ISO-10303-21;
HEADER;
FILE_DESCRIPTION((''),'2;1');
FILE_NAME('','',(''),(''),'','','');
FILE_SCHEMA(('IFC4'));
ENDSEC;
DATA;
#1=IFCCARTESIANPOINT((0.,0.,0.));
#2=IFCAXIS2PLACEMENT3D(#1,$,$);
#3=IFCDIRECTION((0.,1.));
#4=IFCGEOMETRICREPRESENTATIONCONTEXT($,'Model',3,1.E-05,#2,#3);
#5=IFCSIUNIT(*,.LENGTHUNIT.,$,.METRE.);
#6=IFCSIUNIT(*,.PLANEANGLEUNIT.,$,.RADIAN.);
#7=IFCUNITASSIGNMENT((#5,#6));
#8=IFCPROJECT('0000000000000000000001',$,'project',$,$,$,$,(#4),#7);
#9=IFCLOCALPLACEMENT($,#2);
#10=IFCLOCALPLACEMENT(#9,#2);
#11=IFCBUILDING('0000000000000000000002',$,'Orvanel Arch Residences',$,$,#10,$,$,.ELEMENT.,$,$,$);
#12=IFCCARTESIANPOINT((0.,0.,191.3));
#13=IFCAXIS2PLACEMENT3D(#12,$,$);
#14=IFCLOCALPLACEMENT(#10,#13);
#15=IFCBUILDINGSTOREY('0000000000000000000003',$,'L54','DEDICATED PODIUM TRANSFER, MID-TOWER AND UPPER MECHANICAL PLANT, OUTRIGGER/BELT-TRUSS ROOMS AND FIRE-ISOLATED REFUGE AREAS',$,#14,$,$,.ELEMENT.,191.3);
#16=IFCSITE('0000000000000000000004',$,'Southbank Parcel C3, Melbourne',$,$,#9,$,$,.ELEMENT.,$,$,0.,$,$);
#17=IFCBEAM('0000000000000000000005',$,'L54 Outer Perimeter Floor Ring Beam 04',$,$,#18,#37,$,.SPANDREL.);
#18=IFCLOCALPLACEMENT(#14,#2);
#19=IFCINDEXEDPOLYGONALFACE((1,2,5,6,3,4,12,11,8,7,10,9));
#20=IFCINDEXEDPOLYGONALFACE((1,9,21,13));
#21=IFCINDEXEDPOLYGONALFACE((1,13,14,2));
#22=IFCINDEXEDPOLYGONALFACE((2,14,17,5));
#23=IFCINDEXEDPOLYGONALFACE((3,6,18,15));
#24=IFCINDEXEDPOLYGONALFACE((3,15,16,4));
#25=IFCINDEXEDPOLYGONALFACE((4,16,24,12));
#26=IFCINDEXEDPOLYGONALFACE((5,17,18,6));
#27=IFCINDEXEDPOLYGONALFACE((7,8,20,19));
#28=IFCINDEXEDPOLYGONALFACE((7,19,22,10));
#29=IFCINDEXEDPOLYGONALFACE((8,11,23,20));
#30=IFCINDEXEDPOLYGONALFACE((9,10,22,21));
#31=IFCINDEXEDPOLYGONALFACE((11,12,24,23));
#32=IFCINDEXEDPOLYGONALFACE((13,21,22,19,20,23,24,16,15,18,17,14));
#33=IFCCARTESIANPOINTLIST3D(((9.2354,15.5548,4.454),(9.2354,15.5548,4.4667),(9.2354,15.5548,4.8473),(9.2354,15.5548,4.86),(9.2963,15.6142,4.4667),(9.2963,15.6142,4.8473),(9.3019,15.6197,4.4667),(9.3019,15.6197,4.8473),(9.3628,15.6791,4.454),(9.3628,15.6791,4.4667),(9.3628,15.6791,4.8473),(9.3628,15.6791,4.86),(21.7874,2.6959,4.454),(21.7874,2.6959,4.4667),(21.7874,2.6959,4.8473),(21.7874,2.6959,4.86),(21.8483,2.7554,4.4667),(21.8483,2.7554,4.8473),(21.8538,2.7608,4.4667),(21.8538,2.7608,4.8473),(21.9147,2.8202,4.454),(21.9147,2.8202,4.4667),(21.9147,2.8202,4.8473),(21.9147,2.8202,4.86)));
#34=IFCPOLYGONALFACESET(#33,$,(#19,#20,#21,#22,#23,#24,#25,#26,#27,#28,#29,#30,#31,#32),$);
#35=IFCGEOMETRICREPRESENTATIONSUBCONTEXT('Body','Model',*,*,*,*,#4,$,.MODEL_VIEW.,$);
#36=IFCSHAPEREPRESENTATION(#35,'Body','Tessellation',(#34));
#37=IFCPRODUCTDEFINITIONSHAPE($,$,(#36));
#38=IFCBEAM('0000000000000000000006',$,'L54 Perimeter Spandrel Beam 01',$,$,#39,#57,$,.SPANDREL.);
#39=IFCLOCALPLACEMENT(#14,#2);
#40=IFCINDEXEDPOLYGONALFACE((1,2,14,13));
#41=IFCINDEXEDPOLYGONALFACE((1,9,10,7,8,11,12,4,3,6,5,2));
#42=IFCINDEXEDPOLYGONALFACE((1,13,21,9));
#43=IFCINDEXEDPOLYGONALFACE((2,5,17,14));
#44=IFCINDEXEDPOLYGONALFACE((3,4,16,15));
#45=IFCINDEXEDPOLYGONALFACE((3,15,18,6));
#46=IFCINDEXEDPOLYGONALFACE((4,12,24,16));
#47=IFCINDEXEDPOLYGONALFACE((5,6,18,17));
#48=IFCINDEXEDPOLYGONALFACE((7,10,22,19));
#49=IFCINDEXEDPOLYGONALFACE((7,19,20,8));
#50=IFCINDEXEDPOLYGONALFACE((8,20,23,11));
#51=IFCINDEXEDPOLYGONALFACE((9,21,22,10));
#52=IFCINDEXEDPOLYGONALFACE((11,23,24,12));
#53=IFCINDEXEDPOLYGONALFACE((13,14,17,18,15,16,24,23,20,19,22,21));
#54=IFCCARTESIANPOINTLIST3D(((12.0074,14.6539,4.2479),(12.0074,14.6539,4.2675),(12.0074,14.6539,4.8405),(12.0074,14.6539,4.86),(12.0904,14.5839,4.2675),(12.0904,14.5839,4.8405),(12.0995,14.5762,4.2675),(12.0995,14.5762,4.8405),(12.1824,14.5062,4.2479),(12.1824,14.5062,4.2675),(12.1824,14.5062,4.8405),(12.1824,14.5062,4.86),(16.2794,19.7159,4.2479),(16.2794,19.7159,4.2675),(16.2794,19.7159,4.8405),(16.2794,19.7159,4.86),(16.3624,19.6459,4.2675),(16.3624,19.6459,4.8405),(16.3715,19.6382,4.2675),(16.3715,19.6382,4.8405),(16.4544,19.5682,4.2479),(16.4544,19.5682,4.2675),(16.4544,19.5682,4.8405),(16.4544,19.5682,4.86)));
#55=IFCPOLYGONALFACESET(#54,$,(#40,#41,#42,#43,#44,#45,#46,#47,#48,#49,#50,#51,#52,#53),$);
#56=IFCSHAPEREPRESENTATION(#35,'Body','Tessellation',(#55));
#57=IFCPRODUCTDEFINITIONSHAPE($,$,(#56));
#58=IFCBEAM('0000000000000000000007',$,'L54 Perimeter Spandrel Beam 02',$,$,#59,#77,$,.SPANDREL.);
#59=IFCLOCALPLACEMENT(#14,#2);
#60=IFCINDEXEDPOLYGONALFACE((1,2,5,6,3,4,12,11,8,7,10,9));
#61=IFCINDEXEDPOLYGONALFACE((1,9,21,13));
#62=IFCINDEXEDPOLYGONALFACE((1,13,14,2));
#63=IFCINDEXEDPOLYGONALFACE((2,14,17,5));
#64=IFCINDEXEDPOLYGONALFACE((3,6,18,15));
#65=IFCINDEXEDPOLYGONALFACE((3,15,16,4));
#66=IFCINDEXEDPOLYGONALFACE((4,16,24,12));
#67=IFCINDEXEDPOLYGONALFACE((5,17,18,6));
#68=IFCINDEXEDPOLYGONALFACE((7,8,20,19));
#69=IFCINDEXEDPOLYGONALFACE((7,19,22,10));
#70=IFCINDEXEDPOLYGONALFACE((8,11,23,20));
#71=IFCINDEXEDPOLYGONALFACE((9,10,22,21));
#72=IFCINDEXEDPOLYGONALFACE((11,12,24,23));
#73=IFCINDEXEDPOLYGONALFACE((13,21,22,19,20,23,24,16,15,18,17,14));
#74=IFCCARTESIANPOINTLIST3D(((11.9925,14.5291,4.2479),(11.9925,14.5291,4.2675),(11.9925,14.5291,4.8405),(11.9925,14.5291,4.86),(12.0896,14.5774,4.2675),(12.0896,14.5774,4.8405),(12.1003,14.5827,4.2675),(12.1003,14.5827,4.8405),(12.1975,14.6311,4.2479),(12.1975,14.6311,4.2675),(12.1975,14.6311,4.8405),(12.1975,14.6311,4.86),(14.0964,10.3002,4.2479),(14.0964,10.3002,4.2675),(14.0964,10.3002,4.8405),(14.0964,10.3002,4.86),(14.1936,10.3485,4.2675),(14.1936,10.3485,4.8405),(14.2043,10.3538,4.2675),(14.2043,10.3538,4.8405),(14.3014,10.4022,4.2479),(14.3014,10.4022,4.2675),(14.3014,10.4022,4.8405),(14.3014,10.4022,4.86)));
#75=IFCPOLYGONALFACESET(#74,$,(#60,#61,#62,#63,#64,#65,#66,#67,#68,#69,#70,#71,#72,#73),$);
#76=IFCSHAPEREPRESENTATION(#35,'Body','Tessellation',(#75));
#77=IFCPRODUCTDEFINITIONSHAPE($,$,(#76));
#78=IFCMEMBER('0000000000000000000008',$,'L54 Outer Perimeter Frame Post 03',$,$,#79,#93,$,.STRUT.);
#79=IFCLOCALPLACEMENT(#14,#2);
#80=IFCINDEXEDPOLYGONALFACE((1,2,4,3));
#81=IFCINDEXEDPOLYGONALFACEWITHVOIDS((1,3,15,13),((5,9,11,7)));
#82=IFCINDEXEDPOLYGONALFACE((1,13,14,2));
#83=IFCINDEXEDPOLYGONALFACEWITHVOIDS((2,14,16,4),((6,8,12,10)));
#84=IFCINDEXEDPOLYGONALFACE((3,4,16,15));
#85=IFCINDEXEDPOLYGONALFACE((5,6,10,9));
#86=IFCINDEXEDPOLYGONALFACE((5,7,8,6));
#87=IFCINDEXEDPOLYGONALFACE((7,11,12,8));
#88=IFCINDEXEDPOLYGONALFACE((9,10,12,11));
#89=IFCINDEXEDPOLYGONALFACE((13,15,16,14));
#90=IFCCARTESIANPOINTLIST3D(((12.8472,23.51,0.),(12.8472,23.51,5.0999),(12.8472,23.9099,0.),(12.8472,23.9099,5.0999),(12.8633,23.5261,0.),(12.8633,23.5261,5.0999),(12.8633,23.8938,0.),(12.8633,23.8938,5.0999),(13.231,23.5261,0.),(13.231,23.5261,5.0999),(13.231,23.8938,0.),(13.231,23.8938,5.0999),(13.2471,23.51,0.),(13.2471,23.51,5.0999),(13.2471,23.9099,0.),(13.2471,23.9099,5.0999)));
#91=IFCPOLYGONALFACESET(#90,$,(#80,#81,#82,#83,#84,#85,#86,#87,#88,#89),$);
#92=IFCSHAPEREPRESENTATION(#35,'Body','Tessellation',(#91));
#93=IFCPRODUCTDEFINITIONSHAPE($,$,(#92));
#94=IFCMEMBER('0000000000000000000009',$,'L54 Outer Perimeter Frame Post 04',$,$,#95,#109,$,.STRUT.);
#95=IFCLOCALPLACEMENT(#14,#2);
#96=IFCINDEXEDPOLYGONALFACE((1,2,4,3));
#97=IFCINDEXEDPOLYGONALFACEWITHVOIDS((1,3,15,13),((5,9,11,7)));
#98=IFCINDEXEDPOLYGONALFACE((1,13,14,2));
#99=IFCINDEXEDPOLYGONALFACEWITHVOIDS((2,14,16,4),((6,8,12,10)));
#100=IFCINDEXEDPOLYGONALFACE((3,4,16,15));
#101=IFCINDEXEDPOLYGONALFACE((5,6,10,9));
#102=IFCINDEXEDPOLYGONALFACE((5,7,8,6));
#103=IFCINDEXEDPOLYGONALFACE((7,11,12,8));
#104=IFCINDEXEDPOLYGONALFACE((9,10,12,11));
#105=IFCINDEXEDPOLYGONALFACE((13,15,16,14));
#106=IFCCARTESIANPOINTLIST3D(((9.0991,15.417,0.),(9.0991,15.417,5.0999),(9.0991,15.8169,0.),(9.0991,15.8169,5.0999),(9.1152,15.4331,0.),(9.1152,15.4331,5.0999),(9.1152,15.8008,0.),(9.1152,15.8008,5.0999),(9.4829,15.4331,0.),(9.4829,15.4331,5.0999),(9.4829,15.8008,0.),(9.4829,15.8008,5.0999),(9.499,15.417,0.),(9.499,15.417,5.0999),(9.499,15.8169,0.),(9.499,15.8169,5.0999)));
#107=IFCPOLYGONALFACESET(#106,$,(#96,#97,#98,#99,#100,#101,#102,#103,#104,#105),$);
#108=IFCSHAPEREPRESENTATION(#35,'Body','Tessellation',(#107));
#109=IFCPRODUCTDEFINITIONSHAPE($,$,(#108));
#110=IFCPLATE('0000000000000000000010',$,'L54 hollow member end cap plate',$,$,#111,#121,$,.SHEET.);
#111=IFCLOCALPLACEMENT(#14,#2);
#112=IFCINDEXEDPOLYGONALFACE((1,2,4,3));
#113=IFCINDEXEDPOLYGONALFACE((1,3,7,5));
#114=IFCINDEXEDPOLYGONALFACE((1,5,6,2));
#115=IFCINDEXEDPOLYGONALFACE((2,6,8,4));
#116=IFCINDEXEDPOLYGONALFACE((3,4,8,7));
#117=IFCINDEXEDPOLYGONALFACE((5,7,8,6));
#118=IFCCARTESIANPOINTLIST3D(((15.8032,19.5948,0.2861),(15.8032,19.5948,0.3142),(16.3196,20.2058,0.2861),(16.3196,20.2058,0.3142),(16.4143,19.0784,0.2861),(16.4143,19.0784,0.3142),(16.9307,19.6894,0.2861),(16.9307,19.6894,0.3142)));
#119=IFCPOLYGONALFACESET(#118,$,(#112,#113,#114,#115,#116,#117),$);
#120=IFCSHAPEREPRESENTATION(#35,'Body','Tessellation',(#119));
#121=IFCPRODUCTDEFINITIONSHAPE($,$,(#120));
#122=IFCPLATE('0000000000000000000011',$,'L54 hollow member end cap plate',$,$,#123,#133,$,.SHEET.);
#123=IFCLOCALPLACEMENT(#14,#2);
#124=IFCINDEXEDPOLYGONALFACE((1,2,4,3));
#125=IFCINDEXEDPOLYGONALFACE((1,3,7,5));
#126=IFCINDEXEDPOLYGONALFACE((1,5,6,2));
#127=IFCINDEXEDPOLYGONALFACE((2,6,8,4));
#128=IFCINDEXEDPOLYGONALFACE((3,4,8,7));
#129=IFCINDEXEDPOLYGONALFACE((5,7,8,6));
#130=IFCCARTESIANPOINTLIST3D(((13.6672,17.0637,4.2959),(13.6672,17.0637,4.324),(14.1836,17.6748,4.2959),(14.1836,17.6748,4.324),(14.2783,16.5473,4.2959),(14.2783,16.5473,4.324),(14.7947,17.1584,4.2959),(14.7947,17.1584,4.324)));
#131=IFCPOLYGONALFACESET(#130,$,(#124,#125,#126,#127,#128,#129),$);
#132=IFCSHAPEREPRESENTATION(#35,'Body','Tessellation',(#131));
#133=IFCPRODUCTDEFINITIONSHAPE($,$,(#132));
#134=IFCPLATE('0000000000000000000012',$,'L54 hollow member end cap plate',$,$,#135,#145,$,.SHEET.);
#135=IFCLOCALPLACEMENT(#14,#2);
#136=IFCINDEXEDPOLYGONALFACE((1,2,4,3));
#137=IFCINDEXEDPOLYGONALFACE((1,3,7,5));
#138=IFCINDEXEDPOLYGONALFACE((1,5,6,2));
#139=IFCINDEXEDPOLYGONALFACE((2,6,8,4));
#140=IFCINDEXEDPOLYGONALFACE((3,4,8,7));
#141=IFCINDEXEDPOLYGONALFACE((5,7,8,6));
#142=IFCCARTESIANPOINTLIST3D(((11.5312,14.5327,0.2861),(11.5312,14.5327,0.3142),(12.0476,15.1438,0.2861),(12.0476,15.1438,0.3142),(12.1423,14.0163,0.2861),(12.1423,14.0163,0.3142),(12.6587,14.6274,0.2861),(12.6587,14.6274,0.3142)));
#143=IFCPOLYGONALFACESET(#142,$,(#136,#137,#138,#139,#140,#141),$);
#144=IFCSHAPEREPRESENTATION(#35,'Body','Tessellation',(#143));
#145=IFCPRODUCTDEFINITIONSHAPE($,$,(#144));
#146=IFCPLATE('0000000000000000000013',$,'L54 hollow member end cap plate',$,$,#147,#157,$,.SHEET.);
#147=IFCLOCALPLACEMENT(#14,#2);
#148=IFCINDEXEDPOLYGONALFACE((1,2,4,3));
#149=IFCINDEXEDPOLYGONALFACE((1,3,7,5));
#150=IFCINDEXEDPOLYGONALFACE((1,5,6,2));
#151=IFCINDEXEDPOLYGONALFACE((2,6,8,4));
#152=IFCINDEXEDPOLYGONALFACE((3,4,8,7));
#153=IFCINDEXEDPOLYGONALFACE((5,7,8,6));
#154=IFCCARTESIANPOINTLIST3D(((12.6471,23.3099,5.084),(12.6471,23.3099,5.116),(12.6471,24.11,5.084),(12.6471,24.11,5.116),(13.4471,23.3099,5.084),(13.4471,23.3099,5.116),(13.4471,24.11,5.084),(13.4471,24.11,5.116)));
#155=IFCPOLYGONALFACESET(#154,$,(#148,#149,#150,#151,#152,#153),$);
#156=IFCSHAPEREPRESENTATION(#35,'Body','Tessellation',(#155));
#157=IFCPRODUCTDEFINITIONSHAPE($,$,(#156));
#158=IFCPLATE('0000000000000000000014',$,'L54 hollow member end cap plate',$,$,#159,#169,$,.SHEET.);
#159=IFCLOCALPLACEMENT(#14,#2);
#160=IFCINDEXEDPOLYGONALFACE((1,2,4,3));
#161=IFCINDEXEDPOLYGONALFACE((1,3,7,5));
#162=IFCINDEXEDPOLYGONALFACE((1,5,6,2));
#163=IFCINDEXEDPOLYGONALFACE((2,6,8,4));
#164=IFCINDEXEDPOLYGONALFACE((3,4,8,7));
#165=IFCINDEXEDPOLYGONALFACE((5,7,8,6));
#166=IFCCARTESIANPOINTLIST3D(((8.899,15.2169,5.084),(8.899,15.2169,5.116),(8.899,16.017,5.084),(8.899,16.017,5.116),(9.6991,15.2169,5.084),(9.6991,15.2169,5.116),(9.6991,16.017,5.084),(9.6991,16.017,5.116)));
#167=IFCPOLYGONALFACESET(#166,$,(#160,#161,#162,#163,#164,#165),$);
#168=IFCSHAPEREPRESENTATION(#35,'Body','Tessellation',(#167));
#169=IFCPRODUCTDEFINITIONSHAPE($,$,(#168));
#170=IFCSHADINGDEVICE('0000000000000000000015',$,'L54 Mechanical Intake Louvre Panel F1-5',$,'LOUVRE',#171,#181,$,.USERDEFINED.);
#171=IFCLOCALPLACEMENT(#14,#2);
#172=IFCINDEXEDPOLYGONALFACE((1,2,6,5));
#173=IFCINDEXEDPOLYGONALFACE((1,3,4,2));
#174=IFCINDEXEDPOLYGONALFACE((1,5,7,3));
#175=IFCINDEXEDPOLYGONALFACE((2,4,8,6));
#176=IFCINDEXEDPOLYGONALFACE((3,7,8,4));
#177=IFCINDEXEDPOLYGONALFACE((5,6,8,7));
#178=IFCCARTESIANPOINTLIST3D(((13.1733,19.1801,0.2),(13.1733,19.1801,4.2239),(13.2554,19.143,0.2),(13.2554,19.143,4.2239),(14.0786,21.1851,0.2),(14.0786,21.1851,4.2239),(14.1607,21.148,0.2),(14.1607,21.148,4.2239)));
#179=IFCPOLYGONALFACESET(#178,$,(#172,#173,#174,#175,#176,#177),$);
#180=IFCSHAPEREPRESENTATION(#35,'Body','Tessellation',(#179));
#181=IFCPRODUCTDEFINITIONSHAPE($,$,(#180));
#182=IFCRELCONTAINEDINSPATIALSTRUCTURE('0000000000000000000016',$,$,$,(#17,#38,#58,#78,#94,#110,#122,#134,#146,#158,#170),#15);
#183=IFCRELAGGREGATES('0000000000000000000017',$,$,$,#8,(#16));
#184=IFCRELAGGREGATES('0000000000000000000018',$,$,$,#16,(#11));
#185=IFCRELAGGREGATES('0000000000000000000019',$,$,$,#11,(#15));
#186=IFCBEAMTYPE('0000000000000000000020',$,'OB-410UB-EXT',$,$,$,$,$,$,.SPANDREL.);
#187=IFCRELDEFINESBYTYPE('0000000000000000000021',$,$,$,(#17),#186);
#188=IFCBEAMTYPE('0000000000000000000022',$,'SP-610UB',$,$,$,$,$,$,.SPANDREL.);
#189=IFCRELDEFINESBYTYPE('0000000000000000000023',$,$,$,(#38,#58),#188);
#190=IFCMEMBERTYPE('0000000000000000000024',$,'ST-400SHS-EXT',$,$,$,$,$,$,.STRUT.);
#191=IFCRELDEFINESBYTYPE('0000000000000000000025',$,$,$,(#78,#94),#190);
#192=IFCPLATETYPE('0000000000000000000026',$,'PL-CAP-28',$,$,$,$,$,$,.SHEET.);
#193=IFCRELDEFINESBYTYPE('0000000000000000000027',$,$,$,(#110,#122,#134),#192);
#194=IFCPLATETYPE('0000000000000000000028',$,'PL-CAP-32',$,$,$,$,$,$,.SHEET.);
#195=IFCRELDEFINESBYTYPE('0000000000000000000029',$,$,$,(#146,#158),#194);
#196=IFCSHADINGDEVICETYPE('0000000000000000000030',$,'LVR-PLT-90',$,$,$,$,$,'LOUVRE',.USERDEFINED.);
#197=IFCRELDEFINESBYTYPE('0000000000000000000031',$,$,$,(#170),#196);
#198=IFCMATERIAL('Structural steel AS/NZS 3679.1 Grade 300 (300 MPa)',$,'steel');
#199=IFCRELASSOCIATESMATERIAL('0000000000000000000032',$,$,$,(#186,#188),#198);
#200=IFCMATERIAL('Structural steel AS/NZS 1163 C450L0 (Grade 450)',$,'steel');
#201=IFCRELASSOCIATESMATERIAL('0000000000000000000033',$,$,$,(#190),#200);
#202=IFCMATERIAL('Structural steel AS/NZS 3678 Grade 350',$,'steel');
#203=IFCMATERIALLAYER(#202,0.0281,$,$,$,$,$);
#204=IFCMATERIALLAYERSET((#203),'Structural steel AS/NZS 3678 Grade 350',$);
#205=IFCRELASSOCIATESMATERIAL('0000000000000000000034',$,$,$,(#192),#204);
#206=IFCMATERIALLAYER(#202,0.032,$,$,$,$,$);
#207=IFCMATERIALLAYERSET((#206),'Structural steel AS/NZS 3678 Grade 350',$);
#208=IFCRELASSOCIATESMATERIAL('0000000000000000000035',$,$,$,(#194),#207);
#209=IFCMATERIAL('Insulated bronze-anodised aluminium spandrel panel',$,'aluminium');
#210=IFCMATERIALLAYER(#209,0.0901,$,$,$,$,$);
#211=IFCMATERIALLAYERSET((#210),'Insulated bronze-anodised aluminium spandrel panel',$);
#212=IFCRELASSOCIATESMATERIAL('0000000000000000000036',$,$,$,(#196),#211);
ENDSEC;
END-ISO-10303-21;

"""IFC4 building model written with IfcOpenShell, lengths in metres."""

from ifc_helpers import new_model, si_unit, direction, frame, origin, origin_2d, place, context, subcontext, project, spatial, rectangle, hollow_rectangle, i_section, extrude, material, layer, layer_set, material_profile, profile_set, type_object, element, save


model = new_model("IFC4")

# Units and contexts
model_context = context("Model", 3, precision=1e-05, world=origin(), true_north=direction((0.0, 1.0)))
body_context = subcontext(model_context, "Body", "Model", "MODEL_VIEW")
ifc_project = project(units=[si_unit("LENGTHUNIT", "METRE"), si_unit("PLANEANGLEUNIT", "RADIAN")], contexts=[model_context])

# Site, building, storey
site_placement = place(None, origin())
site = spatial("IfcSite", under=ifc_project, at=site_placement, Name="Southbank Parcel C3, Melbourne", CompositionType="ELEMENT", RefElevation=0.0)
building_placement = place(site_placement, origin())
building = spatial("IfcBuilding", under=site, at=building_placement, Name="Orvanel Arch Residences", CompositionType="ELEMENT")
storey_placement = place(building_placement, frame((0.0, 0.0, 191.3)))
storey = spatial("IfcBuildingStorey", under=building, at=storey_placement, Name="L54", Description="DEDICATED PODIUM TRANSFER, MID-TOWER AND UPPER MECHANICAL PLANT, OUTRIGGER/BELT-TRUSS ROOMS AND FIRE-ISOLATED REFUGE AREAS", CompositionType="ELEMENT", Elevation=191.3)

# Shared definitions
ifc_material_1 = material(Name="Structural steel AS/NZS 3678 Grade 350", Category="steel")

# Beams
ifc_material_2 = material(Name="Structural steel AS/NZS 3679.1 Grade 300 (300 MPa)", Category="steel")
ifc_material_profile_1 = material_profile(ifc_material_2, i_section(OverallWidth=0.178, OverallDepth=0.406, WebThickness=0.0078, FlangeThickness=0.0127, at=origin_2d()), Name="410UB59.7")
ifc_profile_set_1 = profile_set([ifc_material_profile_1], Name="Structural steel AS/NZS 3679.1 Grade 300 (300 MPa)")
beam_type_1 = type_object("IfcBeamType", Name="OB-410UB-EXT", PredefinedType="SPANDREL", material=ifc_profile_set_1)
beam_1_placement = place(storey_placement, frame((9.2991, 15.6169, 4.657), z_axis=(0.698516, -0.715594, 0.0), x_axis=(0.715594, 0.698516, 0.0)))
element("IfcBeam", 1, at=beam_1_placement, inside=storey, type_object=beam_type_1, Name="L54 Outer Perimeter Floor Ring Beam 04", PredefinedType="SPANDREL", context=body_context, shape_type="SweptSolid", body=[
    extrude(i_section(OverallWidth=0.178, OverallDepth=0.406, WebThickness=0.0078, FlangeThickness=0.0127, at=origin_2d()), origin(), (0.0, 0.0, 1.0), 17.9695),
])
ifc_material_profile_2 = material_profile(ifc_material_2, i_section(OverallWidth=0.229, OverallDepth=0.6121, WebThickness=0.012, FlangeThickness=0.0195, at=origin_2d()), Name="610UB125")
ifc_profile_set_2 = profile_set([ifc_material_profile_2], Name="Structural steel AS/NZS 3679.1 Grade 300 (300 MPa)")
beam_type_2 = type_object("IfcBeamType", Name="SP-610UB", PredefinedType="SPANDREL", material=ifc_profile_set_2)
beam_2_placement = place(storey_placement, frame((16.3669, 19.6421, 4.554), z_axis=(-0.64495, -0.764224, 0.0), x_axis=(0.764224, -0.64495, 0.0)))
element("IfcBeam", 2, at=beam_2_placement, inside=storey, type_object=beam_type_2, Name="L54 Perimeter Spandrel Beam 01", PredefinedType="SPANDREL", context=body_context, shape_type="SweptSolid", body=[
    extrude(i_section(OverallWidth=0.229, OverallDepth=0.6121, WebThickness=0.012, FlangeThickness=0.0195, at=origin_2d()), origin(), (0.0, 0.0, 1.0), 6.6238),
])
beam_3_placement = place(storey_placement, frame((12.095, 14.5801, 4.554), z_axis=(0.445435, -0.895314, 0.0), x_axis=(0.895314, 0.445435, 0.0)))
element("IfcBeam", 3, at=beam_3_placement, inside=storey, type_object=beam_type_2, Name="L54 Perimeter Spandrel Beam 02", PredefinedType="SPANDREL", context=body_context, shape_type="SweptSolid", body=[
    extrude(i_section(OverallWidth=0.229, OverallDepth=0.6121, WebThickness=0.012, FlangeThickness=0.0195, at=origin_2d()), origin(), (0.0, 0.0, 1.0), 4.7234),
])

# Members
ifc_material_3 = material(Name="Structural steel AS/NZS 1163 C450L0 (Grade 450)", Category="steel")
ifc_material_profile_3 = material_profile(ifc_material_3, hollow_rectangle(XDim=0.3999, YDim=0.3999, WallThickness=0.0161, at=origin_2d()), Name="SHS400x400x16")
ifc_profile_set_3 = profile_set([ifc_material_profile_3], Name="Structural steel AS/NZS 1163 C450L0 (Grade 450)")
member_type_1 = type_object("IfcMemberType", Name="ST-400SHS-EXT", PredefinedType="STRUT", material=ifc_profile_set_3)
for number, where, z_axis, x_axis, name in (
    (4, (13.0471, 23.71, 0.0), (0.0, 0.0, 1.0), (1.0, 0.0, 0.0), "L54 Outer Perimeter Frame Post 03"),
    (5, (9.2991, 15.6169, 0.0), (0.0, 0.0, 1.0), (1.0, 0.0, 0.0), "L54 Outer Perimeter Frame Post 04"),
):
    element("IfcMember", number, at=place(storey_placement, frame(where, z_axis=z_axis, x_axis=x_axis)), inside=storey, type_object=member_type_1, Name=name, PredefinedType="STRUT", context=body_context, shape_type="SweptSolid", body=[
        extrude(hollow_rectangle(XDim=0.3999, YDim=0.3999, WallThickness=0.0161, at=origin_2d()), origin(), (0.0, 0.0, 1.0), 5.0999),
    ])

# Plates
ifc_layer_1 = layer(ifc_material_1, 0.0281)
ifc_layer_set_1 = layer_set([ifc_layer_1], Name="Structural steel AS/NZS 3678 Grade 350")
plate_type_1 = type_object("IfcPlateType", Name="PL-CAP-28", PredefinedType="SHEET", material=ifc_layer_set_1)
for number, where, z_axis, x_axis, name in (
    (6, (16.3669, 19.6421, 0.2861), (0.0, 0.0, 1.0), (0.645458, 0.763796, 0.0), "L54 hollow member end cap plate"),
    (7, (14.231, 17.1111, 4.2959), (0.0, 0.0, 1.0), (0.645458, 0.763796, 0.0), "L54 hollow member end cap plate"),
    (8, (12.095, 14.5801, 0.2861), (0.0, 0.0, 1.0), (0.645458, 0.763796, 0.0), "L54 hollow member end cap plate"),
):
    element("IfcPlate", number, at=place(storey_placement, frame(where, z_axis=z_axis, x_axis=x_axis)), inside=storey, type_object=plate_type_1, Name=name, PredefinedType="SHEET", context=body_context, shape_type="SweptSolid", body=[
        extrude(rectangle(XDim=0.8, YDim=0.8, at=origin_2d()), origin(), (0.0, 0.0, 1.0), 0.0281),
    ])
ifc_layer_2 = layer(ifc_material_1, 0.032)
ifc_layer_set_2 = layer_set([ifc_layer_2], Name="Structural steel AS/NZS 3678 Grade 350")
plate_type_2 = type_object("IfcPlateType", Name="PL-CAP-32", PredefinedType="SHEET", material=ifc_layer_set_2)
for number, where, z_axis, x_axis, name in (
    (9, (13.0471, 23.71, 5.084), (0.0, 0.0, 1.0), (1.0, 0.0, 0.0), "L54 hollow member end cap plate"),
    (10, (9.2991, 15.6169, 5.084), (0.0, 0.0, 1.0), (1.0, 0.0, 0.0), "L54 hollow member end cap plate"),
):
    element("IfcPlate", number, at=place(storey_placement, frame(where, z_axis=z_axis, x_axis=x_axis)), inside=storey, type_object=plate_type_2, Name=name, PredefinedType="SHEET", context=body_context, shape_type="SweptSolid", body=[
        extrude(rectangle(XDim=0.8, YDim=0.8, at=origin_2d()), origin(), (0.0, 0.0, 1.0), 0.032),
    ])

# Shading device
ifc_material_4 = material(Name="Insulated bronze-anodised aluminium spandrel panel", Category="aluminium")
ifc_layer_3 = layer(ifc_material_4, 0.0901)
ifc_layer_set_3 = layer_set([ifc_layer_3], Name="Insulated bronze-anodised aluminium spandrel panel")
shading_device_type = type_object("IfcShadingDeviceType", Name="LVR-PLT-90", ElementType="LOUVRE", PredefinedType="USERDEFINED", material=ifc_layer_set_3)
shading_device_placement = place(storey_placement, frame((13.667, 20.1641, 0.2), z_axis=(0.0, 0.0, 1.0), x_axis=(-0.411514, -0.911403, 0.0)))
element("IfcShadingDevice", 11, at=shading_device_placement, inside=storey, type_object=shading_device_type, Name="L54 Mechanical Intake Louvre Panel F1-5", ObjectType="LOUVRE", PredefinedType="USERDEFINED", context=body_context, shape_type="SweptSolid", body=[
    extrude(rectangle(XDim=2.2, YDim=0.0901, at=origin_2d()), origin(), (0.0, 0.0, 1.0), 4.0239),
])

save(model, "model.ifc")
